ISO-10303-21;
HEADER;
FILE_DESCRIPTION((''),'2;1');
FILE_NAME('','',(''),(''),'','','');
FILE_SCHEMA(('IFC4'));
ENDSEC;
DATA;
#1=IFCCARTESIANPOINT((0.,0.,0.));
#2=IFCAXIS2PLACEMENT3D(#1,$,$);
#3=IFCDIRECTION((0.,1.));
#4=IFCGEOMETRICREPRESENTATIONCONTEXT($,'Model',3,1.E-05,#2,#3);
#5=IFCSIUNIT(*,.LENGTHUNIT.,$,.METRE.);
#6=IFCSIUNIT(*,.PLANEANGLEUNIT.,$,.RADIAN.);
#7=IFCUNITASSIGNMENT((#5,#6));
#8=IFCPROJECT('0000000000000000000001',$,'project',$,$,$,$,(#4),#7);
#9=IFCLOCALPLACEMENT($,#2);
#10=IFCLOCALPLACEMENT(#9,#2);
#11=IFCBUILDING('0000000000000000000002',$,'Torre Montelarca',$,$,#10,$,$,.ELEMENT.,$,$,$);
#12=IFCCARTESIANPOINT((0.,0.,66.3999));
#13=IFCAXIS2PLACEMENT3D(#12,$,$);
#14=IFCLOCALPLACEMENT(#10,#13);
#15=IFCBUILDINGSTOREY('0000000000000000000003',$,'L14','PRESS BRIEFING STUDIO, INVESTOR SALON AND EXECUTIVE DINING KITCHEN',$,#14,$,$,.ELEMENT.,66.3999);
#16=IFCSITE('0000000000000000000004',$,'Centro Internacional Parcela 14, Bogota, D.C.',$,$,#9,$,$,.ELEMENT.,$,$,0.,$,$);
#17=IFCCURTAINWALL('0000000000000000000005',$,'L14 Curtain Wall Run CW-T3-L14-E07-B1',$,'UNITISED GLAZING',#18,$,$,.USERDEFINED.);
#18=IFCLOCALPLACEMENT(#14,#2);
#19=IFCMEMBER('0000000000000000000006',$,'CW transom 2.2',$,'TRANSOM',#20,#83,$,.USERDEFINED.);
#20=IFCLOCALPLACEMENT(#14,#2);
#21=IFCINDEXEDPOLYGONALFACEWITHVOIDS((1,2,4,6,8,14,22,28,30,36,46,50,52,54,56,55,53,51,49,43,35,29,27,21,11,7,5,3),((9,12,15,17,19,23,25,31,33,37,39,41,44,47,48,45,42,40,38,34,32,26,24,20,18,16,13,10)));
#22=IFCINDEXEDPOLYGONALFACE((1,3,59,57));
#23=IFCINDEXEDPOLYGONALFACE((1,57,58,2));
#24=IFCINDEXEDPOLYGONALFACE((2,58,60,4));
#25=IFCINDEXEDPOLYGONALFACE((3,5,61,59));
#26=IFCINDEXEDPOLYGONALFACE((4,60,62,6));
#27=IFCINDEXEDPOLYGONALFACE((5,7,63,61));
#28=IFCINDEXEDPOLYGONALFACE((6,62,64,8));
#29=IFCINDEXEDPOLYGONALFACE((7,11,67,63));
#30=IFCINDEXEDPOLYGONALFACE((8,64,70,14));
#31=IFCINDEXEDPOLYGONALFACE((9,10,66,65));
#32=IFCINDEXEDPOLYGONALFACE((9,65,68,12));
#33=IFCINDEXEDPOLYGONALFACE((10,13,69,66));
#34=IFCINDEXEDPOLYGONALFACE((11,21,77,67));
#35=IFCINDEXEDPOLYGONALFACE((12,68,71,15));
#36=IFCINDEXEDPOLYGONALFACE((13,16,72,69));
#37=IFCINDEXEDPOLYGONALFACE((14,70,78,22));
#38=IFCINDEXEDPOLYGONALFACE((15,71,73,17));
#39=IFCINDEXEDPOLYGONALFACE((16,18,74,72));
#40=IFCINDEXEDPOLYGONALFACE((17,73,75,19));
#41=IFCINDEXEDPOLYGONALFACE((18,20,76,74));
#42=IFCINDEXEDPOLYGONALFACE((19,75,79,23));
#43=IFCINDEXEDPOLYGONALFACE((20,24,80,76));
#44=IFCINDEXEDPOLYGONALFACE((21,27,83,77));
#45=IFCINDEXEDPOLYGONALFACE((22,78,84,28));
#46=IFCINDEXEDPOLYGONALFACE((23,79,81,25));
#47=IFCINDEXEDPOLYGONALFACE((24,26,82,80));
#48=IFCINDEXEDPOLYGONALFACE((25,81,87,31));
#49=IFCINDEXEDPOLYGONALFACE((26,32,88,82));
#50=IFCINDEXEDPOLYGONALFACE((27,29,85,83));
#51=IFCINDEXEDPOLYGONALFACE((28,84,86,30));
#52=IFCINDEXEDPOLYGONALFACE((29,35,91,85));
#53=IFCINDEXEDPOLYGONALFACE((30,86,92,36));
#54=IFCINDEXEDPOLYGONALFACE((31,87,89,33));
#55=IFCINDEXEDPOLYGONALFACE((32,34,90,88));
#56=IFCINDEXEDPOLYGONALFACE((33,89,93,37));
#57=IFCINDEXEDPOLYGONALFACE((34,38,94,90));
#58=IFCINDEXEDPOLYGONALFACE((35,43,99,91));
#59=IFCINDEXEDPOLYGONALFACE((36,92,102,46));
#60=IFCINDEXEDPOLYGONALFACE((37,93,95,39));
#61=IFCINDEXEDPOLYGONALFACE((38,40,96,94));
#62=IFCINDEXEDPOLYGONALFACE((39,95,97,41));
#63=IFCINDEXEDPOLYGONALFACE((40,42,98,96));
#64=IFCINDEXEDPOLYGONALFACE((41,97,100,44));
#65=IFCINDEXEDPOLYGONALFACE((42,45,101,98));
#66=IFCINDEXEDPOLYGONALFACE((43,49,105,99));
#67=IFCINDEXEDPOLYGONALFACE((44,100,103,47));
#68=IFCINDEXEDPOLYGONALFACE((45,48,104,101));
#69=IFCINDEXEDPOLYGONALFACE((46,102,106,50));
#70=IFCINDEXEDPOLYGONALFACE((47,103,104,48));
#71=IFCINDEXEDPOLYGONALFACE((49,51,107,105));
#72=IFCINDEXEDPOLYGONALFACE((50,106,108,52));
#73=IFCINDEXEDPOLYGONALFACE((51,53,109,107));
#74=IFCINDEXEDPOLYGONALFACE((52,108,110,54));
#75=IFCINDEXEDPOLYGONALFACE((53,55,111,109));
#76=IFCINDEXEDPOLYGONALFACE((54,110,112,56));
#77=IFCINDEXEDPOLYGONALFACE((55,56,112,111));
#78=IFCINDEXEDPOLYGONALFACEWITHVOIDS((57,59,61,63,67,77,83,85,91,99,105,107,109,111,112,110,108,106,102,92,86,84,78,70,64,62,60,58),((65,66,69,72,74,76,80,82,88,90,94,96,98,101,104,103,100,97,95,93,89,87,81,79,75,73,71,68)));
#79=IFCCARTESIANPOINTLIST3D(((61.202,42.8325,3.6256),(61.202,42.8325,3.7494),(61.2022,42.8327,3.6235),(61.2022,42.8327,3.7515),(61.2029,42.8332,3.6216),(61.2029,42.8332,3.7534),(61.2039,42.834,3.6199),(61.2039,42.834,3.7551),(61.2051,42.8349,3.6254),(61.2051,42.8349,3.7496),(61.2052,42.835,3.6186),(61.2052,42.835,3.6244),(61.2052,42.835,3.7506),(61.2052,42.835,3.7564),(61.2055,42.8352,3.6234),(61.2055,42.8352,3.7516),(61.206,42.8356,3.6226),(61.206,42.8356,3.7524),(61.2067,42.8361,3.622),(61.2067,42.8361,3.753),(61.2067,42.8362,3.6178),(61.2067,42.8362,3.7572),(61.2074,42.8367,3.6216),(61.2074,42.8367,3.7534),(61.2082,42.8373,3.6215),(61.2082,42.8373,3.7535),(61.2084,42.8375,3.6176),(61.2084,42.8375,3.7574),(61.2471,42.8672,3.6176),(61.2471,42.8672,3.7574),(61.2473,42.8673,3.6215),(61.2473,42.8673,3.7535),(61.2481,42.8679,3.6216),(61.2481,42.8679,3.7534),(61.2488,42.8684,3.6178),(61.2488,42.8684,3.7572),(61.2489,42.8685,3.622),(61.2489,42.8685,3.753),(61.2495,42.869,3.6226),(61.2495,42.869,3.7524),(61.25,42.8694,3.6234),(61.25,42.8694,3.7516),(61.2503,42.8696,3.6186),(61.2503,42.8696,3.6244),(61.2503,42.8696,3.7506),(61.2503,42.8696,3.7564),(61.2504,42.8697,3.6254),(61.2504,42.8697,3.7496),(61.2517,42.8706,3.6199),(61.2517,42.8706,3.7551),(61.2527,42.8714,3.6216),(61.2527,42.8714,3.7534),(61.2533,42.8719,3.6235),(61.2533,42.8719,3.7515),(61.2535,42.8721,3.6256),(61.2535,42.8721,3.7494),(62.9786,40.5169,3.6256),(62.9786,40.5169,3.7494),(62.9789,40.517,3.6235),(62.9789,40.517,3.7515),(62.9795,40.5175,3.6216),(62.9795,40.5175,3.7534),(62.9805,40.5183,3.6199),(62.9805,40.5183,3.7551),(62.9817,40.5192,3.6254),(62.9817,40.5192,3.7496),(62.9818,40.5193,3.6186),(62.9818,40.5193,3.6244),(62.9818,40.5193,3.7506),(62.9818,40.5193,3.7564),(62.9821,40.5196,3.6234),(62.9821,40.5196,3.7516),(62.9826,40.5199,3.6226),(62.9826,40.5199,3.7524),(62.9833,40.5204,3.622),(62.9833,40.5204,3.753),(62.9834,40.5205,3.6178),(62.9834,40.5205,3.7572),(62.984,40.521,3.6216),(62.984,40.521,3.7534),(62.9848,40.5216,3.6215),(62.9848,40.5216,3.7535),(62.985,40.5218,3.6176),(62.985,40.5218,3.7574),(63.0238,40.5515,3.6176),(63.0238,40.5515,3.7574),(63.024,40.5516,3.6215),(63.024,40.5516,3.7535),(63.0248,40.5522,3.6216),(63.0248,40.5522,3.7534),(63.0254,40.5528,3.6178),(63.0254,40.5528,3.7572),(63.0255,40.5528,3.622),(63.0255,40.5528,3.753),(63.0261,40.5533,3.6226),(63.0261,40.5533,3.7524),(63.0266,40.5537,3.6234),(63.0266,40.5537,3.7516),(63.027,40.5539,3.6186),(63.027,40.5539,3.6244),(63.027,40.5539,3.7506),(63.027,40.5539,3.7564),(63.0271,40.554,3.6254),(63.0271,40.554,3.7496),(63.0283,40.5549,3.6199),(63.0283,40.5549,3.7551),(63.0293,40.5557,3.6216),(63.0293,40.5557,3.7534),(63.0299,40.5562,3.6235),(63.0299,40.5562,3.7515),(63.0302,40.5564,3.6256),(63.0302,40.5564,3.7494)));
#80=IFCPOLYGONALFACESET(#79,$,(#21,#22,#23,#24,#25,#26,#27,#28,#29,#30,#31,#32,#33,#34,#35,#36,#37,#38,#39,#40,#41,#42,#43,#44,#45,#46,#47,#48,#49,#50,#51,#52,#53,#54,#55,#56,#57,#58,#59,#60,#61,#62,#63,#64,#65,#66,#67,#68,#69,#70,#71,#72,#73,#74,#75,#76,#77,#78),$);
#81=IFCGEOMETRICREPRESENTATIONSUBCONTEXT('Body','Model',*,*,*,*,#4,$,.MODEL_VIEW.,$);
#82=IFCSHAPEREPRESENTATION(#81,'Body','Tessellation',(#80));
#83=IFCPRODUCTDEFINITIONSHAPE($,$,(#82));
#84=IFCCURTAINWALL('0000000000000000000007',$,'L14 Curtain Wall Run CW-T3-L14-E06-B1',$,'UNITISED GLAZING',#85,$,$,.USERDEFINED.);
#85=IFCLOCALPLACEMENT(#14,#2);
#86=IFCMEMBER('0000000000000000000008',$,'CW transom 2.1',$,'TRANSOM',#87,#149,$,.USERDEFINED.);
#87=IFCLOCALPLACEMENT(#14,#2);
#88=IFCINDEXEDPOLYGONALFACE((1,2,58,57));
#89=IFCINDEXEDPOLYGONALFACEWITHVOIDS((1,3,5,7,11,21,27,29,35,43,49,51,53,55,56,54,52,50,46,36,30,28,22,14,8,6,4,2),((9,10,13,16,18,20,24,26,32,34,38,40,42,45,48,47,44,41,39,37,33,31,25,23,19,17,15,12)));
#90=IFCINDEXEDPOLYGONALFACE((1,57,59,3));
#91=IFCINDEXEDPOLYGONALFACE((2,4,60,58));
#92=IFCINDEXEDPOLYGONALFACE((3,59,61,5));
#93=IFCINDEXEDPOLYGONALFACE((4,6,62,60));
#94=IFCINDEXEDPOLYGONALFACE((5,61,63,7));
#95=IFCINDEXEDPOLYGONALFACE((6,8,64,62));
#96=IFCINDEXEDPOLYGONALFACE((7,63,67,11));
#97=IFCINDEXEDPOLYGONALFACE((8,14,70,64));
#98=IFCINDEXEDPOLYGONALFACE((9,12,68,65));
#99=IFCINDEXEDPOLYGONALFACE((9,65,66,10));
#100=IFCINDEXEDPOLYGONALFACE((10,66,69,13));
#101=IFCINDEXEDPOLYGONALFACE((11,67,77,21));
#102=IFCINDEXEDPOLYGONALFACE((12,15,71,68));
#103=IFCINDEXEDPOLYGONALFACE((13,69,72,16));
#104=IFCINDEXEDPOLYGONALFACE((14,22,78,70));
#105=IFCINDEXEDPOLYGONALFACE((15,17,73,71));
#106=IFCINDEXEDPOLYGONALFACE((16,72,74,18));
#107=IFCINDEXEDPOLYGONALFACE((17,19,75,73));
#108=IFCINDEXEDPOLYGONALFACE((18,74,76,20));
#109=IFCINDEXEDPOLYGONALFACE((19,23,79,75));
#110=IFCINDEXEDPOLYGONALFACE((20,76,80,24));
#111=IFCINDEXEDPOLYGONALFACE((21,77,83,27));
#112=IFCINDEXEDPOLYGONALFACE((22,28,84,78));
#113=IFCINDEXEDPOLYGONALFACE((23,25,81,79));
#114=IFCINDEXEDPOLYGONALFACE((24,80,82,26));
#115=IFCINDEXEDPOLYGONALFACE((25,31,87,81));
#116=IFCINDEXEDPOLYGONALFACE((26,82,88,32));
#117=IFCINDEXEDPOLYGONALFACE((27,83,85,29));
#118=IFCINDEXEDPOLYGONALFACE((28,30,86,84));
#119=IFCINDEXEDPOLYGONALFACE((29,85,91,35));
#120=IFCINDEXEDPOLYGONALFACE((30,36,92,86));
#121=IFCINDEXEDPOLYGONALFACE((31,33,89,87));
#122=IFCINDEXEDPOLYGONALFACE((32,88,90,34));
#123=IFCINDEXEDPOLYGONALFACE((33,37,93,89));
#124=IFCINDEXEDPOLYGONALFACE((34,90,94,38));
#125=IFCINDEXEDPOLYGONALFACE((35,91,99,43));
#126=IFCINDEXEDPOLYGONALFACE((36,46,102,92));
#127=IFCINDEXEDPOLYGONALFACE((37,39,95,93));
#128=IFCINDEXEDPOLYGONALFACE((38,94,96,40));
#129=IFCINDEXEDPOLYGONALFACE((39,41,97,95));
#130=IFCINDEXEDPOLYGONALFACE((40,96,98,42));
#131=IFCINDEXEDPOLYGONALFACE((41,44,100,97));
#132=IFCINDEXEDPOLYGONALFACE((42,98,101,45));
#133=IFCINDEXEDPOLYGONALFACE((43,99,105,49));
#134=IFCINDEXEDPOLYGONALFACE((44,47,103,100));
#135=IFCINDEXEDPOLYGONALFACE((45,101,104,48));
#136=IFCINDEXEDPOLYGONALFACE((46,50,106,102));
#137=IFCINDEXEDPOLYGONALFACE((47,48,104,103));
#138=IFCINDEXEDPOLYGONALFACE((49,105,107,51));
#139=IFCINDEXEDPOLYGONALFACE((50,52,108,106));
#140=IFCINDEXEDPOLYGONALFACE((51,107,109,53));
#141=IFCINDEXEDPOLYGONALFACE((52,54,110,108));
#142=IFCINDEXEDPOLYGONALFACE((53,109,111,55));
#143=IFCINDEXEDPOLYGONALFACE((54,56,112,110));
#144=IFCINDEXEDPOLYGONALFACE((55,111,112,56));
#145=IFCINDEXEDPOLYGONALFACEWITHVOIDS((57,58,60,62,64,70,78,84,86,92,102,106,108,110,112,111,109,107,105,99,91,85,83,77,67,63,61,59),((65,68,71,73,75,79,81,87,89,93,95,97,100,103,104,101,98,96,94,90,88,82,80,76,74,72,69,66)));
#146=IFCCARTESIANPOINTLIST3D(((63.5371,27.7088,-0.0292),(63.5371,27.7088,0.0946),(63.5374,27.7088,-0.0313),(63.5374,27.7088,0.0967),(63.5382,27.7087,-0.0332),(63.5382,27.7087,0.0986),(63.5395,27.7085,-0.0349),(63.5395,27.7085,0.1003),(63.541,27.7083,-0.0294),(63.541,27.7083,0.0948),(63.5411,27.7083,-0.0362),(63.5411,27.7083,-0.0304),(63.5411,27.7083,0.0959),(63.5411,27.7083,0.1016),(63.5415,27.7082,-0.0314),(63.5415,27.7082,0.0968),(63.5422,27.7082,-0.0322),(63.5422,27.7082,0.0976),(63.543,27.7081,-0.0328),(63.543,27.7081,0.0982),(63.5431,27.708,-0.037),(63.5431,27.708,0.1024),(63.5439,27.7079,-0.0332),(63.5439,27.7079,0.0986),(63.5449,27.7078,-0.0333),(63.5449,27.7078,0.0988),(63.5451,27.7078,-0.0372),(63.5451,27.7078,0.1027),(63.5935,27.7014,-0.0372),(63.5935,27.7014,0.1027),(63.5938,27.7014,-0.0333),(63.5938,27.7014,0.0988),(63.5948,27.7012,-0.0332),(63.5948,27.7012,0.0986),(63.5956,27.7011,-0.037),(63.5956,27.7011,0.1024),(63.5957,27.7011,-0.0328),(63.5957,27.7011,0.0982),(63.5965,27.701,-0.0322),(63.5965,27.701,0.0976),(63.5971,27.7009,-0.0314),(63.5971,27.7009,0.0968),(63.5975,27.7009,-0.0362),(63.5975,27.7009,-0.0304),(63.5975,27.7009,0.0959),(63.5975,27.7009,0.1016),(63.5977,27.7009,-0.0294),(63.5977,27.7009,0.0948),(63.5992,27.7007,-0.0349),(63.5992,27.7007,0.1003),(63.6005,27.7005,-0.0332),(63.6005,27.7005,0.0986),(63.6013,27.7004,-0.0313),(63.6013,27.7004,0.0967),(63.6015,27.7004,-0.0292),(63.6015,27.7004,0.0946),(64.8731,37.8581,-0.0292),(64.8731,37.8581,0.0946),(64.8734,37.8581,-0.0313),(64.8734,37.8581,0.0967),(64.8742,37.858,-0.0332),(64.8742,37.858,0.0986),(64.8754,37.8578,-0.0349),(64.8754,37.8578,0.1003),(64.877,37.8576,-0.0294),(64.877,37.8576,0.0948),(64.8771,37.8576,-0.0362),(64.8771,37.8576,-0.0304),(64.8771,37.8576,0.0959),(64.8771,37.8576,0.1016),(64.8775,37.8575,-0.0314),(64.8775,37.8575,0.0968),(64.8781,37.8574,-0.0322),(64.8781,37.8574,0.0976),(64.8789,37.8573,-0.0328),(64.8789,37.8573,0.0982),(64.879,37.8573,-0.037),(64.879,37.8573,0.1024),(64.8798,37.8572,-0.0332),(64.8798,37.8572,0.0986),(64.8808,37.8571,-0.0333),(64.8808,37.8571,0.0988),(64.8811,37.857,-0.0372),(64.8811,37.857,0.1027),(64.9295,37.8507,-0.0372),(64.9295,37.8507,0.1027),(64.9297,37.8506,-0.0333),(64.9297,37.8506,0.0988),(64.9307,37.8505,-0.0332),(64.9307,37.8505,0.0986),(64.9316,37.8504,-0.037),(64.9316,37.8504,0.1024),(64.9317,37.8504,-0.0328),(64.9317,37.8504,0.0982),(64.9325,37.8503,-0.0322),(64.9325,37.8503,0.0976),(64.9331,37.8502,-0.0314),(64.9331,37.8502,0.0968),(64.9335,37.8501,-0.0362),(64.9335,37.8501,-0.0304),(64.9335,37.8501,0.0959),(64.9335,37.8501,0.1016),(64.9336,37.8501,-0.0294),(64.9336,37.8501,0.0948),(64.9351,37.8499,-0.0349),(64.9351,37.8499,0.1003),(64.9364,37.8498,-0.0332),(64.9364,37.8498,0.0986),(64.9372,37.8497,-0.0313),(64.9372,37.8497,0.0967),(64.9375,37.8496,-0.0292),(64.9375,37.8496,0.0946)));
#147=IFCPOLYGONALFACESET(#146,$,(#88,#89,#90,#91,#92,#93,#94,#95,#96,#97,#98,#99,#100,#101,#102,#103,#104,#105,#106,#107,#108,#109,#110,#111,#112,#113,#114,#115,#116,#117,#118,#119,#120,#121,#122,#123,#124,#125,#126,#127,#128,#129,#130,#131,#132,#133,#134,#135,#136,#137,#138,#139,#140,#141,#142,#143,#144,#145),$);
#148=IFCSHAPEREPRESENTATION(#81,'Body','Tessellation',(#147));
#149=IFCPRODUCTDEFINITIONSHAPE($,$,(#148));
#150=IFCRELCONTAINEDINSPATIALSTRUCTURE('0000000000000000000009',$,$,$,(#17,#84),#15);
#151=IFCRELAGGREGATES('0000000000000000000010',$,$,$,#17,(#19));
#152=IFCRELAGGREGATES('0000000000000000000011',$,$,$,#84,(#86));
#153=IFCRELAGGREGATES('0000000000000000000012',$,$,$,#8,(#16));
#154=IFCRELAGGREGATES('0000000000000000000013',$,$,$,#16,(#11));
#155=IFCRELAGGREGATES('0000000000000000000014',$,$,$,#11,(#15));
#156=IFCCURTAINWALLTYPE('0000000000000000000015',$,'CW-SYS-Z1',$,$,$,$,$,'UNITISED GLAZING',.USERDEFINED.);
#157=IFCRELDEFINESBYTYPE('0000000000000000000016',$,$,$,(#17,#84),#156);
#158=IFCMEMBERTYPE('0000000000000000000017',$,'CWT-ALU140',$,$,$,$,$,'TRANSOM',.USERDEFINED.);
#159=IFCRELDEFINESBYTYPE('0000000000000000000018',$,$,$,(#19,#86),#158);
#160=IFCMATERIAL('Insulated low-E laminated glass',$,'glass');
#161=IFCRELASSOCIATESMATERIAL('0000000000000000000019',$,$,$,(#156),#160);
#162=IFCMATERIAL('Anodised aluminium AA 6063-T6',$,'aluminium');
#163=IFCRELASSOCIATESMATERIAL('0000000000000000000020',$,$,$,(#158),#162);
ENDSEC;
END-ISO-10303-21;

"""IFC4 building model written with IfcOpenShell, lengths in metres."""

from ifc_helpers import new_model, si_unit, direction, frame, origin, origin_2d, place, context, subcontext, project, spatial, hollow_rectangle, extrude, source, transform, mapped, material, material_profile, profile_set, type_object, element, aggregate, save


model = new_model("IFC4")

# Units and contexts
model_context = context("Model", 3, precision=1e-05, world=origin(), true_north=direction((0.0, 1.0)))
body_context = subcontext(model_context, "Body", "Model", "MODEL_VIEW")
ifc_project = project(units=[si_unit("LENGTHUNIT", "METRE"), si_unit("PLANEANGLEUNIT", "RADIAN")], contexts=[model_context])

# Site, building, storey
site_placement = place(None, origin())
site = spatial("IfcSite", under=ifc_project, at=site_placement, Name="Centro Internacional Parcela 14, Bogota, D.C.", CompositionType="ELEMENT", RefElevation=0.0)
building_placement = place(site_placement, origin())
building = spatial("IfcBuilding", under=site, at=building_placement, Name="Torre Montelarca", CompositionType="ELEMENT")
storey_placement = place(building_placement, frame((0.0, 0.0, 66.3999)))
storey = spatial("IfcBuildingStorey", under=building, at=storey_placement, Name="L14", Description="PRESS BRIEFING STUDIO, INVESTOR SALON AND EXECUTIVE DINING KITCHEN", CompositionType="ELEMENT", Elevation=66.3999)

# Curtain walls, members
ifc_material_1 = material(Name="Insulated low-E laminated glass", Category="glass")
curtain_wall_type = type_object("IfcCurtainWallType", Name="CW-SYS-Z1", ElementType="UNITISED GLAZING", PredefinedType="USERDEFINED", material=ifc_material_1)
curtain_wall_1_placement = place(storey_placement, origin())
curtain_wall_1 = element("IfcCurtainWall", 1, at=curtain_wall_1_placement, inside=storey, type_object=curtain_wall_type, Name="L14 Curtain Wall Run CW-T3-L14-E07-B1", ObjectType="UNITISED GLAZING", PredefinedType="USERDEFINED")
ifc_material_2 = material(Name="Anodised aluminium AA 6063-T6", Category="aluminium")
ifc_material_profile_1 = material_profile(ifc_material_2, hollow_rectangle(XDim=0.0649, YDim=0.1399, WallThickness=0.0039, InnerFilletRadius=0.0039, OuterFilletRadius=0.0081, at=origin_2d()), Name="ALU65X140X4", Category="aluminium")
ifc_profile_set_1 = profile_set([ifc_material_profile_1], Name="Anodised aluminium AA 6063-T6")
member_type_1 = type_object("IfcMemberType", Name="CWT-ALU140", ElementType="TRANSOM", PredefinedType="USERDEFINED", material=ifc_profile_set_1)
shared_shape_1 = source(origin(), body_context, "Body", "SweptSolid", [
    extrude(hollow_rectangle(XDim=0.0649, YDim=0.1399, WallThickness=0.0039, InnerFilletRadius=0.0039, OuterFilletRadius=0.0081, at=origin_2d()), origin(), (0.0, 0.0, 1.0), 2.9187),
])
member_1_placement = place(storey_placement, frame((63.0044, 40.5366, 3.6875), z_axis=(-0.608704, 0.793398, 0.0), x_axis=(-0.793398, -0.608704, 0.0)))
member_1 = element("IfcMember", 2, at=member_1_placement, type_object=member_type_1, Name="CW transom 2.2", ObjectType="TRANSOM", PredefinedType="USERDEFINED", context=body_context, shape_type="MappedRepresentation", body=[
    mapped(shared_shape_1, transform((0.0, 0.0, 0.0), scale=1.0)),
])
curtain_wall_2_placement = place(storey_placement, origin())
curtain_wall_2 = element("IfcCurtainWall", 3, at=curtain_wall_2_placement, inside=storey, type_object=curtain_wall_type, Name="L14 Curtain Wall Run CW-T3-L14-E06-B1", ObjectType="UNITISED GLAZING", PredefinedType="USERDEFINED")
shared_shape_2 = source(origin(), body_context, "Body", "SweptSolid", [
    extrude(hollow_rectangle(XDim=0.0649, YDim=0.1399, WallThickness=0.0039, InnerFilletRadius=0.0039, OuterFilletRadius=0.0081, at=origin_2d()), origin(), (0.0, 0.0, 1.0), 10.2368),
])
member_2_placement = place(storey_placement, frame((63.5693, 27.7046, 0.0327), z_axis=(0.130504, 0.991448, 0.0), x_axis=(-0.991448, 0.130504, 0.0)))
member_2 = element("IfcMember", 4, at=member_2_placement, type_object=member_type_1, Name="CW transom 2.1", ObjectType="TRANSOM", PredefinedType="USERDEFINED", context=body_context, shape_type="MappedRepresentation", body=[
    mapped(shared_shape_2, transform((0.0, 0.0, 0.0), scale=1.0)),
])

aggregate(curtain_wall_1, [member_1])
aggregate(curtain_wall_2, [member_2])

save(model, "model.ifc")
